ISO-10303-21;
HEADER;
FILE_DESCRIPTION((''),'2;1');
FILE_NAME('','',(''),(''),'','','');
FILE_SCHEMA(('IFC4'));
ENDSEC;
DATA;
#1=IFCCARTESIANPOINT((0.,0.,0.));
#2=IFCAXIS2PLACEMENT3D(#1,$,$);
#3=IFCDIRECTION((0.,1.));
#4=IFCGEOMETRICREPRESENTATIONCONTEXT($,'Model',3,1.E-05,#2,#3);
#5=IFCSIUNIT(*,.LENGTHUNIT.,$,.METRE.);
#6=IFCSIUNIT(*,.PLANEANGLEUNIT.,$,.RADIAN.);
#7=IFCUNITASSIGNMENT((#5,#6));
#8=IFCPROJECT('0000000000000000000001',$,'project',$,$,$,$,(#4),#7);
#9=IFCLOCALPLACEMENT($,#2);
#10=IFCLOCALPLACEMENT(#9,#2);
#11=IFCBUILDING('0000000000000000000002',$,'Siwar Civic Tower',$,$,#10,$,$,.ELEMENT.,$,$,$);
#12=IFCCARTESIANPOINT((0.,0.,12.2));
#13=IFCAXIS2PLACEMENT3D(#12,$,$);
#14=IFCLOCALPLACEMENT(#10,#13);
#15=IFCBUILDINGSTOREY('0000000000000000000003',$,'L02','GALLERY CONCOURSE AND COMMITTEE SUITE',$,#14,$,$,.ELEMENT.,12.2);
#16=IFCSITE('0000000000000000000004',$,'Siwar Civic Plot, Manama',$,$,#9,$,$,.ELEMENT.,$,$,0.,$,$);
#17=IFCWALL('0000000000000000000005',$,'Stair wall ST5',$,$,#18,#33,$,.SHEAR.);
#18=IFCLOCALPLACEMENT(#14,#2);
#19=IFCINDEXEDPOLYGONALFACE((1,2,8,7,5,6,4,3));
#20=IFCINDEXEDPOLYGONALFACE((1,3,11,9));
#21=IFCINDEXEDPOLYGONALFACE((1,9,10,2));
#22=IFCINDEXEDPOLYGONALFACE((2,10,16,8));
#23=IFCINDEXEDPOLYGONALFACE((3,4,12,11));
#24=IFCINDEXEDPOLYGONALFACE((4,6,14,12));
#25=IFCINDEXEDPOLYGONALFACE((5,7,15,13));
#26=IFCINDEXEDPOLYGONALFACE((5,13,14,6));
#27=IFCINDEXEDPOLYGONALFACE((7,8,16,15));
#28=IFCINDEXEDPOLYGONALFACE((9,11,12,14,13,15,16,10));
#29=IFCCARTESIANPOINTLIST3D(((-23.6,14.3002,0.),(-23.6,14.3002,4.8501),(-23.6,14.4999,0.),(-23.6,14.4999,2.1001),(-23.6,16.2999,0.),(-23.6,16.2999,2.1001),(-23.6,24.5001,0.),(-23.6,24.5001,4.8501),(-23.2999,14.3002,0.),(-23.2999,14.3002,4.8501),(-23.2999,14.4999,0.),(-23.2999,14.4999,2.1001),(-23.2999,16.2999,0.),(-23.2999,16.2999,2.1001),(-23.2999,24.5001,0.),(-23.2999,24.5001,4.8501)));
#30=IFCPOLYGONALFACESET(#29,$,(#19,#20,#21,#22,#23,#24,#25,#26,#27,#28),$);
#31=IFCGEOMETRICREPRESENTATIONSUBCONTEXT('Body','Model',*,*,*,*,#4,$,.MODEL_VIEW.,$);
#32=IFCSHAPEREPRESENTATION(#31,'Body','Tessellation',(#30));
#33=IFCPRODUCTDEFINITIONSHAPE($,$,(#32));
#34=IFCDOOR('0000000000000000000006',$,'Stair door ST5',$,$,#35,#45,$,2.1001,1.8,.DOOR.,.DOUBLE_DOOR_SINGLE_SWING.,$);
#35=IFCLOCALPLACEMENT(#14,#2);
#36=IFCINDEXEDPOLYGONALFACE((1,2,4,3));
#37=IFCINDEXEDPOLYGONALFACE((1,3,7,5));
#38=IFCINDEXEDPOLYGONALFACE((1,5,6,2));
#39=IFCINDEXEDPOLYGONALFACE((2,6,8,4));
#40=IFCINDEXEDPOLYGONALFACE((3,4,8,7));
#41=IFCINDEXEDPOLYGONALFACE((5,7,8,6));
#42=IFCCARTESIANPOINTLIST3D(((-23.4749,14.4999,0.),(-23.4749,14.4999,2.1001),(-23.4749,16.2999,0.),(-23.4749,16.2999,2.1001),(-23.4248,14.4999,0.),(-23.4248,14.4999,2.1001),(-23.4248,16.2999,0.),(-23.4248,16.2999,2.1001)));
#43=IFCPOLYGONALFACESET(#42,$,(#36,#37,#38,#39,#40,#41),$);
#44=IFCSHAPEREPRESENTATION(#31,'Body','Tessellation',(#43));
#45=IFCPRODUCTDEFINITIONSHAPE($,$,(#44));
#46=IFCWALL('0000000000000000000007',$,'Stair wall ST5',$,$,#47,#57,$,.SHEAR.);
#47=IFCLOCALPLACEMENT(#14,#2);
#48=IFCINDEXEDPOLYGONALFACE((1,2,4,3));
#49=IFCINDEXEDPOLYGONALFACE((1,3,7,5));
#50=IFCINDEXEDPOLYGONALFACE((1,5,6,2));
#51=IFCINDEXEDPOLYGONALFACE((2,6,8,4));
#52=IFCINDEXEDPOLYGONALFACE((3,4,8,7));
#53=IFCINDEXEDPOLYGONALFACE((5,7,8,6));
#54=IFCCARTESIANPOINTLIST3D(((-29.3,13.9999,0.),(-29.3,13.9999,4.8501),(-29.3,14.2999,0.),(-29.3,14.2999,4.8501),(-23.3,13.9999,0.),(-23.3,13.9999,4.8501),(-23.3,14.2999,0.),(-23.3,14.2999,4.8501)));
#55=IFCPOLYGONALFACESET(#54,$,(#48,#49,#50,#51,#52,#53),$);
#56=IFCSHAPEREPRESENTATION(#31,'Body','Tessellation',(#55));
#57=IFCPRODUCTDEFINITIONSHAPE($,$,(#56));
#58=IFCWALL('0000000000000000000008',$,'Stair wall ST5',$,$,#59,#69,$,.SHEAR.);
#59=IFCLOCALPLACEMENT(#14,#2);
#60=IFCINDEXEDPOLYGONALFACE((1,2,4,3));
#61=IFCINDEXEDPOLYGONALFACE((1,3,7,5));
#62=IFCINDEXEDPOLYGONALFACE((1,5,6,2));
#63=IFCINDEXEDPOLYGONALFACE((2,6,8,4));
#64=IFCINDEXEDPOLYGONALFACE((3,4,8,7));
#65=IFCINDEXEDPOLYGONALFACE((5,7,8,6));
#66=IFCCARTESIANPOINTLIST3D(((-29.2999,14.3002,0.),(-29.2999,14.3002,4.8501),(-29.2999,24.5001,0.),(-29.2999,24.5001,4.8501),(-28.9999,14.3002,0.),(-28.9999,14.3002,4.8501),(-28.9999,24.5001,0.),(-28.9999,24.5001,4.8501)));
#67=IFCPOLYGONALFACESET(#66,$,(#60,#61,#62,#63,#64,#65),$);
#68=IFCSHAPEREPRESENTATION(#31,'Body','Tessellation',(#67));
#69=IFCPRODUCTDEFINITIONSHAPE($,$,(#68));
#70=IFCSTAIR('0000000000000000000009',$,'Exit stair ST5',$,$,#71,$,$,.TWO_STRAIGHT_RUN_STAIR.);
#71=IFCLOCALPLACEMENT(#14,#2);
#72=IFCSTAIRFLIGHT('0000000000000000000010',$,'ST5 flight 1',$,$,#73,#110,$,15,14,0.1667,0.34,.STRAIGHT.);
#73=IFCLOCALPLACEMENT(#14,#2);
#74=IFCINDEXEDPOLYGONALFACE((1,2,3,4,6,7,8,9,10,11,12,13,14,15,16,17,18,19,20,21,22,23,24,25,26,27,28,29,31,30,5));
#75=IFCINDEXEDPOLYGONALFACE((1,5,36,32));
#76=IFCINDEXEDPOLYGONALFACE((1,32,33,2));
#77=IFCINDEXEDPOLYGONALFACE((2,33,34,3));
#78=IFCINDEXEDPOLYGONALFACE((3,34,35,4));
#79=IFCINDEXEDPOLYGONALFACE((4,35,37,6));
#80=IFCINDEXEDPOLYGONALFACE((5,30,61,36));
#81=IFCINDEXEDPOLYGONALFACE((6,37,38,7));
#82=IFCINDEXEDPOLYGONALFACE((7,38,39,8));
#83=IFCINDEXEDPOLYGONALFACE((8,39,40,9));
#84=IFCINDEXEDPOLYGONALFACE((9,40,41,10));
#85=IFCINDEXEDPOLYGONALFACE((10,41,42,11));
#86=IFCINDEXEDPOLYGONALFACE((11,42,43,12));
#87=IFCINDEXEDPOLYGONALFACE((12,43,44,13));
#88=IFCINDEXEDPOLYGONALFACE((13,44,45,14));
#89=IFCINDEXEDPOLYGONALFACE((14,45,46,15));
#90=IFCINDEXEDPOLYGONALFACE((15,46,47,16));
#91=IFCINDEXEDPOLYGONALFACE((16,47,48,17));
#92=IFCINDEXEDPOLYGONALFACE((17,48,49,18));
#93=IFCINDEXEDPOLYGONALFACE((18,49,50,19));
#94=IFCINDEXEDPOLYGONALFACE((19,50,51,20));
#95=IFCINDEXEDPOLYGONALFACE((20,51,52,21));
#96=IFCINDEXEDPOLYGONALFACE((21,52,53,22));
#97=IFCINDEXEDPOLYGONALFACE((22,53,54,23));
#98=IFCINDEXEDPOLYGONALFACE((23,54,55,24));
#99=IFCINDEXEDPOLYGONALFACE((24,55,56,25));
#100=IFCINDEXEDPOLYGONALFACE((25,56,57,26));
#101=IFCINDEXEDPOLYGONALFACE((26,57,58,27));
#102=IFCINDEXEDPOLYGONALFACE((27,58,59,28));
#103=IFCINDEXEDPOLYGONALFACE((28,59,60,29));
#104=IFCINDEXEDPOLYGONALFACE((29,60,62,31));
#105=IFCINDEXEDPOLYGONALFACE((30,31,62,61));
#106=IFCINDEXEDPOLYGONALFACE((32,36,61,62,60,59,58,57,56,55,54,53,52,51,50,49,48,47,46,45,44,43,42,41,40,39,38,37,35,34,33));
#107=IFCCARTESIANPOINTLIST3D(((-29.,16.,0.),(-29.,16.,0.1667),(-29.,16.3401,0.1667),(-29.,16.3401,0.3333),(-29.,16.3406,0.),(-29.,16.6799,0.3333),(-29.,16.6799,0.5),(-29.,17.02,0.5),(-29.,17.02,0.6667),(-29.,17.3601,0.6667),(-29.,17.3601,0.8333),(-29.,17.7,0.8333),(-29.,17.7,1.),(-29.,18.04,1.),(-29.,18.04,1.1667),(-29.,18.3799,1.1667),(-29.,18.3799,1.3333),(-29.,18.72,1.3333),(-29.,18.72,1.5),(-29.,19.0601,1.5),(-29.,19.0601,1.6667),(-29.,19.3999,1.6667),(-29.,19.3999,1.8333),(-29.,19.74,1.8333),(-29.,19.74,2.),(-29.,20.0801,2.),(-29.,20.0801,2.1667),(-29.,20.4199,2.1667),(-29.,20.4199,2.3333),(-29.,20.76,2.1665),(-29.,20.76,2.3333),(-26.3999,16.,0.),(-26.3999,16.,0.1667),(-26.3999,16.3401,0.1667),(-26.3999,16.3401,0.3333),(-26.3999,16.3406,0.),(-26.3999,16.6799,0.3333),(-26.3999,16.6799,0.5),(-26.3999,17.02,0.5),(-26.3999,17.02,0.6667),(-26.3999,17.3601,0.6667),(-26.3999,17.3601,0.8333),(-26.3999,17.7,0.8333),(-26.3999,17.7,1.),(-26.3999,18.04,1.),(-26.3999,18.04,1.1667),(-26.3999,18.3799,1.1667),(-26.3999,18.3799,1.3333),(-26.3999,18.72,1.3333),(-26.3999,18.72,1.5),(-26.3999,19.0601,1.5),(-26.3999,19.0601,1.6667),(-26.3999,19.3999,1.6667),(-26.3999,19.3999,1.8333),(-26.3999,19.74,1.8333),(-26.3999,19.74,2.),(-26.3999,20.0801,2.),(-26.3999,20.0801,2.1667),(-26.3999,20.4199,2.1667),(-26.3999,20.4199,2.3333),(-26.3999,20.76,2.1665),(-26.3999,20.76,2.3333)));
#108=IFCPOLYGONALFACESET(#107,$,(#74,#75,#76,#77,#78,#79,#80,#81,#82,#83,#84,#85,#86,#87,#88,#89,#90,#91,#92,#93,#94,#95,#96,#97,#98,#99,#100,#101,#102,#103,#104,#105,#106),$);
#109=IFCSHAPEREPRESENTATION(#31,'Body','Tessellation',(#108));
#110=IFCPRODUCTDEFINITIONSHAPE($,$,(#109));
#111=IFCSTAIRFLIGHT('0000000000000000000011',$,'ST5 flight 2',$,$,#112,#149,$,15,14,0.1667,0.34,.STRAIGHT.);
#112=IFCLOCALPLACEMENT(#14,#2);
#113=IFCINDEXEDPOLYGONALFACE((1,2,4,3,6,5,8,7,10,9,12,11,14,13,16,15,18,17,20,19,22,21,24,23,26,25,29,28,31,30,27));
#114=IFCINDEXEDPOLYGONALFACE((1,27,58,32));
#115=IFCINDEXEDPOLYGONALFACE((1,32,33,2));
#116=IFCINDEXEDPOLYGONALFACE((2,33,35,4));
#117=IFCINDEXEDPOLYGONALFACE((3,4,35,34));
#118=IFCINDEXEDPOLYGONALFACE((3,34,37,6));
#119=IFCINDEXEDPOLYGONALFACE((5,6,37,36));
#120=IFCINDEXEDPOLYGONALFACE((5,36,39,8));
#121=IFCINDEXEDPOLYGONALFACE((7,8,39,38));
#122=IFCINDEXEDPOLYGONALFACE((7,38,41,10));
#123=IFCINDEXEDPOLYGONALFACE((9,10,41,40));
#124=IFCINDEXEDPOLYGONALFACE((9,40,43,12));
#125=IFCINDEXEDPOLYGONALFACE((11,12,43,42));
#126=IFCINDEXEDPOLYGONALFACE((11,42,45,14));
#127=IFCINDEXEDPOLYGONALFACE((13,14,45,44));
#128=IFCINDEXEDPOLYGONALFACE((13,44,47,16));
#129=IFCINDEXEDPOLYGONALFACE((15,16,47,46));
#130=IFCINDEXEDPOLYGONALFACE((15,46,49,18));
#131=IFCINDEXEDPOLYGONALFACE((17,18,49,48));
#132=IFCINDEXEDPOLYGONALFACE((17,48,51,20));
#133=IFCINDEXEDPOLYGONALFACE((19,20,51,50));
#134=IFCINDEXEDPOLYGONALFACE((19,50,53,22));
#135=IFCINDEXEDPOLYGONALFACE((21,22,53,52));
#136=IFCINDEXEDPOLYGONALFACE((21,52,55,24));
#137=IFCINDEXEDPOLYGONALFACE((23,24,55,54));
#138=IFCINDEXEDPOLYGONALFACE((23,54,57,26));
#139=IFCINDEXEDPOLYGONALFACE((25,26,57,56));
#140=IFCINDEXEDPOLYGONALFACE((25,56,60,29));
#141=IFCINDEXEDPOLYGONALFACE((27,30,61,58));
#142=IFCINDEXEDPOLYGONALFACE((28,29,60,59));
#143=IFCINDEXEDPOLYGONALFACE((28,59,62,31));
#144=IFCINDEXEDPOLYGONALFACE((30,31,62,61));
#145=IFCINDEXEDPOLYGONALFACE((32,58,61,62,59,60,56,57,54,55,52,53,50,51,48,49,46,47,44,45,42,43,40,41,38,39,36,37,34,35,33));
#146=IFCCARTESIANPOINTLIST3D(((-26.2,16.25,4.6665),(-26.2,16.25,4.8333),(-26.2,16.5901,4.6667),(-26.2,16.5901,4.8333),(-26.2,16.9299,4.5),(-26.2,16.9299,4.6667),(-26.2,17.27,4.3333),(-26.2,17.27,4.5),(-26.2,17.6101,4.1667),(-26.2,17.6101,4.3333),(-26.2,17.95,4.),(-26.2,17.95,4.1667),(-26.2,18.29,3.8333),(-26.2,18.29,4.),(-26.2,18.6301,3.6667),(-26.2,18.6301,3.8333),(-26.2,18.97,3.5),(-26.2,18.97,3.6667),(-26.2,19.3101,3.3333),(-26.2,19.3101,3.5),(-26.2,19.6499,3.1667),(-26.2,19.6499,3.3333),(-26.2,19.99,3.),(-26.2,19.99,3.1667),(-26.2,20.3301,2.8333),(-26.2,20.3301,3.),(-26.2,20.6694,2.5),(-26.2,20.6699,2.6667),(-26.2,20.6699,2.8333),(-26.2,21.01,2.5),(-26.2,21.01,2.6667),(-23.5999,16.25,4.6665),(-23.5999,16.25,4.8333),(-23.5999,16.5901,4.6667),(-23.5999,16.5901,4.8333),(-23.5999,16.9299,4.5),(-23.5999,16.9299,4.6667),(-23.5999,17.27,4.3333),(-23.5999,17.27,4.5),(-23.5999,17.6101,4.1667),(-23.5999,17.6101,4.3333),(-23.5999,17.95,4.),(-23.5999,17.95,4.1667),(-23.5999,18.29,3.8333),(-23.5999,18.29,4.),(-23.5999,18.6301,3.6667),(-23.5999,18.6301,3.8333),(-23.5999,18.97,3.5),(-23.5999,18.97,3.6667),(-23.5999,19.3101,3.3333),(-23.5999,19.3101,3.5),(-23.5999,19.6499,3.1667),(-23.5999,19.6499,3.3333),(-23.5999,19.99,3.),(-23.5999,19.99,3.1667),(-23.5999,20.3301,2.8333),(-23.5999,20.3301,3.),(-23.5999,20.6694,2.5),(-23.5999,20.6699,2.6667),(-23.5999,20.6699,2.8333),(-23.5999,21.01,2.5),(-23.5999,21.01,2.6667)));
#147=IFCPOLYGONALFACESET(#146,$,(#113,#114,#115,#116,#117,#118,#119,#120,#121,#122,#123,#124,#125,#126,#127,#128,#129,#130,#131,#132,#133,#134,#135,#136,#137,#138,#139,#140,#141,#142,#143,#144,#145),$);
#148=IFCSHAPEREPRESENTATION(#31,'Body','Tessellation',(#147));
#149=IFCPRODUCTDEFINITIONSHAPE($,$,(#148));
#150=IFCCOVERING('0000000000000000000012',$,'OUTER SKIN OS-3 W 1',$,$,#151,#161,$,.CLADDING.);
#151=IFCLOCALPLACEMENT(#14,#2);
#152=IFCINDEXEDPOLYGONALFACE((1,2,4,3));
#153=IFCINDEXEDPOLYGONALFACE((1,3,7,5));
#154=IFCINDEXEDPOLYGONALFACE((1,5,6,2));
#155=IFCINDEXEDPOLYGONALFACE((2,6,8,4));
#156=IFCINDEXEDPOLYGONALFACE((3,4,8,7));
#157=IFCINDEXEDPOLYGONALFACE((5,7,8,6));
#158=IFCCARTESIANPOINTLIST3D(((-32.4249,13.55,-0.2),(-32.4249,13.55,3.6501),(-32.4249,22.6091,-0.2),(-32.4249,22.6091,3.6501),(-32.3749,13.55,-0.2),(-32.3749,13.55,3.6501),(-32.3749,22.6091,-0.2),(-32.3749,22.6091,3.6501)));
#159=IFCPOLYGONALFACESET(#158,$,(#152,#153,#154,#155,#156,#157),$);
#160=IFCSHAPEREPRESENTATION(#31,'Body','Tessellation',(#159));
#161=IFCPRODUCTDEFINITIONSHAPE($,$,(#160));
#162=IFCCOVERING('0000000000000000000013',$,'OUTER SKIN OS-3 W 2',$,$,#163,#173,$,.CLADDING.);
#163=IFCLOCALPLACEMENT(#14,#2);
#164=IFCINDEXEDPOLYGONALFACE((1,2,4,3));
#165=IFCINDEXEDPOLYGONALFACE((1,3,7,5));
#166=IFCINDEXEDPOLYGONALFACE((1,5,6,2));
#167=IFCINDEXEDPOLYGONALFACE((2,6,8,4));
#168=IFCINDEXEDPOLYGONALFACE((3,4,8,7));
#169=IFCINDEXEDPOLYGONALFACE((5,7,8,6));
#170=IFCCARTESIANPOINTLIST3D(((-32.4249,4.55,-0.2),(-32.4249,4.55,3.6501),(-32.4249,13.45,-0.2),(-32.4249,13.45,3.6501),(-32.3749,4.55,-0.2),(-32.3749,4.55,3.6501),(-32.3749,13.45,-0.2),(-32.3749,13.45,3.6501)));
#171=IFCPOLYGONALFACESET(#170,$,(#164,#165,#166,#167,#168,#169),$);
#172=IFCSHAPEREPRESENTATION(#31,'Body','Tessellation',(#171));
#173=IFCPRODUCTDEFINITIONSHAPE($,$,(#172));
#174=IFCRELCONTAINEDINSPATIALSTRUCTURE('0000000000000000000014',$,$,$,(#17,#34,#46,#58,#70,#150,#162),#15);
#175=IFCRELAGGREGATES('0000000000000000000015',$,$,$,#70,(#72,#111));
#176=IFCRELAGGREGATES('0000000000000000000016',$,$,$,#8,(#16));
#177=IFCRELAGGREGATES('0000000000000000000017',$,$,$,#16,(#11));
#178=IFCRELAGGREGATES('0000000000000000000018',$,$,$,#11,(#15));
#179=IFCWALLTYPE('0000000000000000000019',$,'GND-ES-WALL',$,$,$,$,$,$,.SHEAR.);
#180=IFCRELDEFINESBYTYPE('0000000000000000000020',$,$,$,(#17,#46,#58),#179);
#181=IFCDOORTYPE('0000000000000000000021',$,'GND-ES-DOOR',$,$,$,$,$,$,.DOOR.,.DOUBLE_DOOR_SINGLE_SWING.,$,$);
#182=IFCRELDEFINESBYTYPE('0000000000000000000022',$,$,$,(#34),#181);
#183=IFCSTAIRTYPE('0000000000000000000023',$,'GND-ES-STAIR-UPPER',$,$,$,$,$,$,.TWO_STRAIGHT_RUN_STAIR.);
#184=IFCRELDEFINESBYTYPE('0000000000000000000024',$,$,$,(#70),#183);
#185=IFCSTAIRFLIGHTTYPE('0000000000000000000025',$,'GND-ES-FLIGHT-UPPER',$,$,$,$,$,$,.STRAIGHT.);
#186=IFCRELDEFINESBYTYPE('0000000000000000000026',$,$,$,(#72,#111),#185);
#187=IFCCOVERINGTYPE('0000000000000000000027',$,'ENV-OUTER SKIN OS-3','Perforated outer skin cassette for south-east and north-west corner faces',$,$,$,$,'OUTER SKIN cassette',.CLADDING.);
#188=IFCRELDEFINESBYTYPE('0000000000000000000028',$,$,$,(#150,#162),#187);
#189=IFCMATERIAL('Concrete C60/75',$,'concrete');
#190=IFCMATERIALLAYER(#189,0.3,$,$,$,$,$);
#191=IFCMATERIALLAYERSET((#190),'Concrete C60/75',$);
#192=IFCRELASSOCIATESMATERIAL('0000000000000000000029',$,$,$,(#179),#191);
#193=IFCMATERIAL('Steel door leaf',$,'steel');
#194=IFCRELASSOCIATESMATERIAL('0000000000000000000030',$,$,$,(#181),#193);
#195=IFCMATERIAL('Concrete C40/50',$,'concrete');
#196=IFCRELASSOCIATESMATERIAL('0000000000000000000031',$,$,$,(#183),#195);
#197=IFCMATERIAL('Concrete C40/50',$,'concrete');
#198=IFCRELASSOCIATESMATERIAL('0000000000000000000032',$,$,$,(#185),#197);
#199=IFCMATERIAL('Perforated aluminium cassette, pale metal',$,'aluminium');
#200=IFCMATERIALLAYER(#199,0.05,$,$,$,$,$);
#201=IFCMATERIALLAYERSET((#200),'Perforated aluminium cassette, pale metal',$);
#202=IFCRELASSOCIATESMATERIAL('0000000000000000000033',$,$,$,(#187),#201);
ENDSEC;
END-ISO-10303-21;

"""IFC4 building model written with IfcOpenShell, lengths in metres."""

from ifc_helpers import new_model, si_unit, direction, frame, frame_2d, origin, origin_2d, place, context, subcontext, project, spatial, polyline, rectangle, outline, extrude, material, layer, layer_set, type_object, element, fill, aggregate, save


model = new_model("IFC4")

# Units and contexts
model_context = context("Model", 3, precision=1e-05, world=origin(), true_north=direction((0.0, 1.0)))
body_context = subcontext(model_context, "Body", "Model", "MODEL_VIEW")
ifc_project = project(units=[si_unit("LENGTHUNIT", "METRE"), si_unit("PLANEANGLEUNIT", "RADIAN")], contexts=[model_context])

# Site, building, storey
site_placement = place(None, origin())
site = spatial("IfcSite", under=ifc_project, at=site_placement, Name="Siwar Civic Plot, Manama", CompositionType="ELEMENT", RefElevation=0.0)
building_placement = place(site_placement, origin())
building = spatial("IfcBuilding", under=site, at=building_placement, Name="Siwar Civic Tower", CompositionType="ELEMENT")
storey_placement = place(building_placement, frame((0.0, 0.0, 12.2)))
storey = spatial("IfcBuildingStorey", under=building, at=storey_placement, Name="L02", Description="GALLERY CONCOURSE AND COMMITTEE SUITE", CompositionType="ELEMENT", Elevation=12.2)

# Wall, opening, door
ifc_material_1 = material(Name="Concrete C60/75", Category="concrete")
ifc_layer_1 = layer(ifc_material_1, 0.3)
ifc_layer_set_1 = layer_set([ifc_layer_1], Name="Concrete C60/75")
wall_type_1 = type_object("IfcWallType", Name="GND-ES-WALL", PredefinedType="SHEAR", material=ifc_layer_set_1)
wall_1_placement = place(storey_placement, frame((-23.45, 14.3, 0.0), z_axis=(0.0, 0.0, 1.0), x_axis=(0.0, 1.0, 0.0)))
wall_1 = element("IfcWall", 1, at=wall_1_placement, inside=storey, type_object=wall_type_1, Name="Stair wall ST5", PredefinedType="SHEAR", context=body_context, shape_type="SweptSolid", body=[
    extrude(rectangle(XDim=10.2, YDim=0.3, at=frame_2d((5.1001, 0.0))), origin(), (0.0, 0.0, 1.0), 4.8501),
])
opening_1_placement = place(wall_1_placement, frame((0.2, 0.0, 0.0)))
opening_1 = element("IfcOpeningElement", 2, at=opening_1_placement, cuts=wall_1, PredefinedType="OPENING", context=body_context, shape_type="SweptSolid", body=[
    extrude(rectangle(XDim=1.8, YDim=2.1001, at=frame_2d((0.8999, 1.05))), frame((0.0, 0.1602, 0.0), z_axis=(0.0, -1.0, 0.0), x_axis=(1.0, 0.0, 0.0)), (0.0, 0.0, 1.0), 0.3201),
])
ifc_material_2 = material(Name="Steel door leaf", Category="steel")
door_type_1 = type_object("IfcDoorType", Name="GND-ES-DOOR", OperationType="DOUBLE_DOOR_SINGLE_SWING", PredefinedType="DOOR", material=ifc_material_2)
door_1_placement = place(opening_1_placement, origin())
door_1 = element("IfcDoor", 3, at=door_1_placement, inside=storey, type_object=door_type_1, Name="Stair door ST5", OperationType="DOUBLE_DOOR_SINGLE_SWING", OverallHeight=2.1001, OverallWidth=1.8, PredefinedType="DOOR", context=body_context, shape_type="SweptSolid", body=[
    extrude(rectangle(XDim=1.8, YDim=2.1001, at=frame_2d((0.8999, 1.05))), frame((0.0, 0.0249, 0.0), z_axis=(0.0, -1.0, 0.0), x_axis=(1.0, 0.0, 0.0)), (0.0, 0.0, 1.0), 0.05),
])
fill(opening_1, door_1)

# Walls
wall_2_placement = place(storey_placement, frame((-29.3, 14.1499, 0.0), z_axis=(0.0, 0.0, 1.0), x_axis=(1.0, 0.0, 0.0)))
element("IfcWall", 4, at=wall_2_placement, inside=storey, type_object=wall_type_1, Name="Stair wall ST5", PredefinedType="SHEAR", context=body_context, shape_type="SweptSolid", body=[
    extrude(rectangle(XDim=6.0, YDim=0.3, at=frame_2d((3.0, 0.0))), origin(), (0.0, 0.0, 1.0), 4.8501),
])
wall_3_placement = place(storey_placement, frame((-29.1499, 14.3, 0.0), z_axis=(0.0, 0.0, 1.0), x_axis=(0.0, 1.0, 0.0)))
element("IfcWall", 5, at=wall_3_placement, inside=storey, type_object=wall_type_1, Name="Stair wall ST5", PredefinedType="SHEAR", context=body_context, shape_type="SweptSolid", body=[
    extrude(rectangle(XDim=10.2, YDim=0.3, at=frame_2d((5.1001, 0.0))), origin(), (0.0, 0.0, 1.0), 4.8501),
])

# Stair, stair flights
ifc_material_3 = material(Name="Concrete C40/50", Category="concrete")
stair_type = type_object("IfcStairType", Name="GND-ES-STAIR-UPPER", PredefinedType="TWO_STRAIGHT_RUN_STAIR", material=ifc_material_3)
stair_placement = place(storey_placement, origin())
stair = element("IfcStair", 6, at=stair_placement, inside=storey, type_object=stair_type, Name="Exit stair ST5", PredefinedType="TWO_STRAIGHT_RUN_STAIR")
ifc_material_4 = material(Name="Concrete C40/50", Category="concrete")
stair_flight_type = type_object("IfcStairFlightType", Name="GND-ES-FLIGHT-UPPER", PredefinedType="STRAIGHT", material=ifc_material_4)
stair_flight_1_placement = place(storey_placement, frame((-27.7, 16.0, 0.0), z_axis=(0.0, 0.0, 1.0), x_axis=(0.0, 1.0, 0.0)))
stair_flight_1 = element("IfcStairFlight", 7, at=stair_flight_1_placement, type_object=stair_flight_type, Name="ST5 flight 1", NumberOfRisers=15, NumberOfTreads=14, PredefinedType="STRAIGHT", RiserHeight=0.1667, TreadLength=0.34, context=body_context, shape_type="SweptSolid", body=[
    extrude(outline(polyline([(0.0, 0.0), (0.0, 0.1667), (0.3401, 0.1667), (0.3401, 0.3333), (0.6799, 0.3333), (0.6799, 0.5), (1.02, 0.5), (1.02, 0.6667), (1.3601, 0.6667), (1.3601, 0.8333), (1.7, 0.8333), (1.7, 1.0), (2.04, 1.0), (2.04, 1.1667), (2.3799, 1.1667), (2.3799, 1.3333), (2.72, 1.3333), (2.72, 1.5), (3.0601, 1.5), (3.0601, 1.6667), (3.3999, 1.6667), (3.3999, 1.8333), (3.74, 1.8333), (3.74, 2.0), (4.0801, 2.0), (4.0801, 2.1667), (4.4199, 2.1667), (4.4199, 2.3333), (4.76, 2.3333), (4.76, 2.5), (4.76, 2.1665), (0.3406, 0.0), (0.0, 0.0)])), frame((0.0, 1.3, 0.0), z_axis=(0.0, -1.0, 0.0), x_axis=(1.0, 0.0, 0.0)), (0.0, 0.0, 1.0), 2.6001),
])
stair_flight_2_placement = place(storey_placement, frame((-24.8999, 21.01, 2.5), z_axis=(0.0, 0.0, 1.0), x_axis=(0.0, -1.0, 0.0)))
stair_flight_2 = element("IfcStairFlight", 8, at=stair_flight_2_placement, type_object=stair_flight_type, Name="ST5 flight 2", NumberOfRisers=15, NumberOfTreads=14, PredefinedType="STRAIGHT", RiserHeight=0.1667, TreadLength=0.34, context=body_context, shape_type="SweptSolid", body=[
    extrude(outline(polyline([(0.0, 0.0), (0.0, 0.1667), (0.3401, 0.1667), (0.3401, 0.3333), (0.6799, 0.3333), (0.6799, 0.5), (1.02, 0.5), (1.02, 0.6667), (1.3601, 0.6667), (1.3601, 0.8333), (1.7, 0.8333), (1.7, 1.0), (2.04, 1.0), (2.04, 1.1667), (2.3799, 1.1667), (2.3799, 1.3333), (2.72, 1.3333), (2.72, 1.5), (3.0601, 1.5), (3.0601, 1.6667), (3.3999, 1.6667), (3.3999, 1.8333), (3.74, 1.8333), (3.74, 2.0), (4.0801, 2.0), (4.0801, 2.1667), (4.4199, 2.1667), (4.4199, 2.3333), (4.76, 2.3333), (4.76, 2.5), (4.76, 2.1665), (0.3406, 0.0), (0.0, 0.0)])), frame((0.0, 1.3, 0.0), z_axis=(0.0, -1.0, 0.0), x_axis=(1.0, 0.0, 0.0)), (0.0, 0.0, 1.0), 2.6001),
])
aggregate(stair, [stair_flight_1, stair_flight_2])

# Coverings
ifc_material_5 = material(Name="Perforated aluminium cassette, pale metal", Category="aluminium")
ifc_layer_2 = layer(ifc_material_5, 0.05)
ifc_layer_set_2 = layer_set([ifc_layer_2], Name="Perforated aluminium cassette, pale metal")
covering_type = type_object("IfcCoveringType", Name="ENV-OUTER SKIN OS-3", Description="Perforated outer skin cassette for south-east and north-west corner faces", ElementType="OUTER SKIN cassette", PredefinedType="CLADDING", material=ifc_layer_set_2)
covering_1_placement = place(storey_placement, frame((-32.3999, 18.0796, -0.2), z_axis=(0.0, 0.0, 1.0), x_axis=(0.0, -1.0, 0.0)))
element("IfcCovering", 9, at=covering_1_placement, inside=storey, type_object=covering_type, Name="OUTER SKIN OS-3 W 1", PredefinedType="CLADDING", context=body_context, shape_type="SweptSolid", body=[
    extrude(rectangle(XDim=9.0591, YDim=0.05, at=origin_2d()), origin(), (0.0, 0.0, 1.0), 3.8501),
])
covering_2_placement = place(storey_placement, frame((-32.3999, 9.0, -0.2), z_axis=(0.0, 0.0, 1.0), x_axis=(0.0, -1.0, 0.0)))
element("IfcCovering", 10, at=covering_2_placement, inside=storey, type_object=covering_type, Name="OUTER SKIN OS-3 W 2", PredefinedType="CLADDING", context=body_context, shape_type="SweptSolid", body=[
    extrude(rectangle(XDim=8.8999, YDim=0.05, at=origin_2d()), origin(), (0.0, 0.0, 1.0), 3.8501),
])

save(model, "model.ifc")
